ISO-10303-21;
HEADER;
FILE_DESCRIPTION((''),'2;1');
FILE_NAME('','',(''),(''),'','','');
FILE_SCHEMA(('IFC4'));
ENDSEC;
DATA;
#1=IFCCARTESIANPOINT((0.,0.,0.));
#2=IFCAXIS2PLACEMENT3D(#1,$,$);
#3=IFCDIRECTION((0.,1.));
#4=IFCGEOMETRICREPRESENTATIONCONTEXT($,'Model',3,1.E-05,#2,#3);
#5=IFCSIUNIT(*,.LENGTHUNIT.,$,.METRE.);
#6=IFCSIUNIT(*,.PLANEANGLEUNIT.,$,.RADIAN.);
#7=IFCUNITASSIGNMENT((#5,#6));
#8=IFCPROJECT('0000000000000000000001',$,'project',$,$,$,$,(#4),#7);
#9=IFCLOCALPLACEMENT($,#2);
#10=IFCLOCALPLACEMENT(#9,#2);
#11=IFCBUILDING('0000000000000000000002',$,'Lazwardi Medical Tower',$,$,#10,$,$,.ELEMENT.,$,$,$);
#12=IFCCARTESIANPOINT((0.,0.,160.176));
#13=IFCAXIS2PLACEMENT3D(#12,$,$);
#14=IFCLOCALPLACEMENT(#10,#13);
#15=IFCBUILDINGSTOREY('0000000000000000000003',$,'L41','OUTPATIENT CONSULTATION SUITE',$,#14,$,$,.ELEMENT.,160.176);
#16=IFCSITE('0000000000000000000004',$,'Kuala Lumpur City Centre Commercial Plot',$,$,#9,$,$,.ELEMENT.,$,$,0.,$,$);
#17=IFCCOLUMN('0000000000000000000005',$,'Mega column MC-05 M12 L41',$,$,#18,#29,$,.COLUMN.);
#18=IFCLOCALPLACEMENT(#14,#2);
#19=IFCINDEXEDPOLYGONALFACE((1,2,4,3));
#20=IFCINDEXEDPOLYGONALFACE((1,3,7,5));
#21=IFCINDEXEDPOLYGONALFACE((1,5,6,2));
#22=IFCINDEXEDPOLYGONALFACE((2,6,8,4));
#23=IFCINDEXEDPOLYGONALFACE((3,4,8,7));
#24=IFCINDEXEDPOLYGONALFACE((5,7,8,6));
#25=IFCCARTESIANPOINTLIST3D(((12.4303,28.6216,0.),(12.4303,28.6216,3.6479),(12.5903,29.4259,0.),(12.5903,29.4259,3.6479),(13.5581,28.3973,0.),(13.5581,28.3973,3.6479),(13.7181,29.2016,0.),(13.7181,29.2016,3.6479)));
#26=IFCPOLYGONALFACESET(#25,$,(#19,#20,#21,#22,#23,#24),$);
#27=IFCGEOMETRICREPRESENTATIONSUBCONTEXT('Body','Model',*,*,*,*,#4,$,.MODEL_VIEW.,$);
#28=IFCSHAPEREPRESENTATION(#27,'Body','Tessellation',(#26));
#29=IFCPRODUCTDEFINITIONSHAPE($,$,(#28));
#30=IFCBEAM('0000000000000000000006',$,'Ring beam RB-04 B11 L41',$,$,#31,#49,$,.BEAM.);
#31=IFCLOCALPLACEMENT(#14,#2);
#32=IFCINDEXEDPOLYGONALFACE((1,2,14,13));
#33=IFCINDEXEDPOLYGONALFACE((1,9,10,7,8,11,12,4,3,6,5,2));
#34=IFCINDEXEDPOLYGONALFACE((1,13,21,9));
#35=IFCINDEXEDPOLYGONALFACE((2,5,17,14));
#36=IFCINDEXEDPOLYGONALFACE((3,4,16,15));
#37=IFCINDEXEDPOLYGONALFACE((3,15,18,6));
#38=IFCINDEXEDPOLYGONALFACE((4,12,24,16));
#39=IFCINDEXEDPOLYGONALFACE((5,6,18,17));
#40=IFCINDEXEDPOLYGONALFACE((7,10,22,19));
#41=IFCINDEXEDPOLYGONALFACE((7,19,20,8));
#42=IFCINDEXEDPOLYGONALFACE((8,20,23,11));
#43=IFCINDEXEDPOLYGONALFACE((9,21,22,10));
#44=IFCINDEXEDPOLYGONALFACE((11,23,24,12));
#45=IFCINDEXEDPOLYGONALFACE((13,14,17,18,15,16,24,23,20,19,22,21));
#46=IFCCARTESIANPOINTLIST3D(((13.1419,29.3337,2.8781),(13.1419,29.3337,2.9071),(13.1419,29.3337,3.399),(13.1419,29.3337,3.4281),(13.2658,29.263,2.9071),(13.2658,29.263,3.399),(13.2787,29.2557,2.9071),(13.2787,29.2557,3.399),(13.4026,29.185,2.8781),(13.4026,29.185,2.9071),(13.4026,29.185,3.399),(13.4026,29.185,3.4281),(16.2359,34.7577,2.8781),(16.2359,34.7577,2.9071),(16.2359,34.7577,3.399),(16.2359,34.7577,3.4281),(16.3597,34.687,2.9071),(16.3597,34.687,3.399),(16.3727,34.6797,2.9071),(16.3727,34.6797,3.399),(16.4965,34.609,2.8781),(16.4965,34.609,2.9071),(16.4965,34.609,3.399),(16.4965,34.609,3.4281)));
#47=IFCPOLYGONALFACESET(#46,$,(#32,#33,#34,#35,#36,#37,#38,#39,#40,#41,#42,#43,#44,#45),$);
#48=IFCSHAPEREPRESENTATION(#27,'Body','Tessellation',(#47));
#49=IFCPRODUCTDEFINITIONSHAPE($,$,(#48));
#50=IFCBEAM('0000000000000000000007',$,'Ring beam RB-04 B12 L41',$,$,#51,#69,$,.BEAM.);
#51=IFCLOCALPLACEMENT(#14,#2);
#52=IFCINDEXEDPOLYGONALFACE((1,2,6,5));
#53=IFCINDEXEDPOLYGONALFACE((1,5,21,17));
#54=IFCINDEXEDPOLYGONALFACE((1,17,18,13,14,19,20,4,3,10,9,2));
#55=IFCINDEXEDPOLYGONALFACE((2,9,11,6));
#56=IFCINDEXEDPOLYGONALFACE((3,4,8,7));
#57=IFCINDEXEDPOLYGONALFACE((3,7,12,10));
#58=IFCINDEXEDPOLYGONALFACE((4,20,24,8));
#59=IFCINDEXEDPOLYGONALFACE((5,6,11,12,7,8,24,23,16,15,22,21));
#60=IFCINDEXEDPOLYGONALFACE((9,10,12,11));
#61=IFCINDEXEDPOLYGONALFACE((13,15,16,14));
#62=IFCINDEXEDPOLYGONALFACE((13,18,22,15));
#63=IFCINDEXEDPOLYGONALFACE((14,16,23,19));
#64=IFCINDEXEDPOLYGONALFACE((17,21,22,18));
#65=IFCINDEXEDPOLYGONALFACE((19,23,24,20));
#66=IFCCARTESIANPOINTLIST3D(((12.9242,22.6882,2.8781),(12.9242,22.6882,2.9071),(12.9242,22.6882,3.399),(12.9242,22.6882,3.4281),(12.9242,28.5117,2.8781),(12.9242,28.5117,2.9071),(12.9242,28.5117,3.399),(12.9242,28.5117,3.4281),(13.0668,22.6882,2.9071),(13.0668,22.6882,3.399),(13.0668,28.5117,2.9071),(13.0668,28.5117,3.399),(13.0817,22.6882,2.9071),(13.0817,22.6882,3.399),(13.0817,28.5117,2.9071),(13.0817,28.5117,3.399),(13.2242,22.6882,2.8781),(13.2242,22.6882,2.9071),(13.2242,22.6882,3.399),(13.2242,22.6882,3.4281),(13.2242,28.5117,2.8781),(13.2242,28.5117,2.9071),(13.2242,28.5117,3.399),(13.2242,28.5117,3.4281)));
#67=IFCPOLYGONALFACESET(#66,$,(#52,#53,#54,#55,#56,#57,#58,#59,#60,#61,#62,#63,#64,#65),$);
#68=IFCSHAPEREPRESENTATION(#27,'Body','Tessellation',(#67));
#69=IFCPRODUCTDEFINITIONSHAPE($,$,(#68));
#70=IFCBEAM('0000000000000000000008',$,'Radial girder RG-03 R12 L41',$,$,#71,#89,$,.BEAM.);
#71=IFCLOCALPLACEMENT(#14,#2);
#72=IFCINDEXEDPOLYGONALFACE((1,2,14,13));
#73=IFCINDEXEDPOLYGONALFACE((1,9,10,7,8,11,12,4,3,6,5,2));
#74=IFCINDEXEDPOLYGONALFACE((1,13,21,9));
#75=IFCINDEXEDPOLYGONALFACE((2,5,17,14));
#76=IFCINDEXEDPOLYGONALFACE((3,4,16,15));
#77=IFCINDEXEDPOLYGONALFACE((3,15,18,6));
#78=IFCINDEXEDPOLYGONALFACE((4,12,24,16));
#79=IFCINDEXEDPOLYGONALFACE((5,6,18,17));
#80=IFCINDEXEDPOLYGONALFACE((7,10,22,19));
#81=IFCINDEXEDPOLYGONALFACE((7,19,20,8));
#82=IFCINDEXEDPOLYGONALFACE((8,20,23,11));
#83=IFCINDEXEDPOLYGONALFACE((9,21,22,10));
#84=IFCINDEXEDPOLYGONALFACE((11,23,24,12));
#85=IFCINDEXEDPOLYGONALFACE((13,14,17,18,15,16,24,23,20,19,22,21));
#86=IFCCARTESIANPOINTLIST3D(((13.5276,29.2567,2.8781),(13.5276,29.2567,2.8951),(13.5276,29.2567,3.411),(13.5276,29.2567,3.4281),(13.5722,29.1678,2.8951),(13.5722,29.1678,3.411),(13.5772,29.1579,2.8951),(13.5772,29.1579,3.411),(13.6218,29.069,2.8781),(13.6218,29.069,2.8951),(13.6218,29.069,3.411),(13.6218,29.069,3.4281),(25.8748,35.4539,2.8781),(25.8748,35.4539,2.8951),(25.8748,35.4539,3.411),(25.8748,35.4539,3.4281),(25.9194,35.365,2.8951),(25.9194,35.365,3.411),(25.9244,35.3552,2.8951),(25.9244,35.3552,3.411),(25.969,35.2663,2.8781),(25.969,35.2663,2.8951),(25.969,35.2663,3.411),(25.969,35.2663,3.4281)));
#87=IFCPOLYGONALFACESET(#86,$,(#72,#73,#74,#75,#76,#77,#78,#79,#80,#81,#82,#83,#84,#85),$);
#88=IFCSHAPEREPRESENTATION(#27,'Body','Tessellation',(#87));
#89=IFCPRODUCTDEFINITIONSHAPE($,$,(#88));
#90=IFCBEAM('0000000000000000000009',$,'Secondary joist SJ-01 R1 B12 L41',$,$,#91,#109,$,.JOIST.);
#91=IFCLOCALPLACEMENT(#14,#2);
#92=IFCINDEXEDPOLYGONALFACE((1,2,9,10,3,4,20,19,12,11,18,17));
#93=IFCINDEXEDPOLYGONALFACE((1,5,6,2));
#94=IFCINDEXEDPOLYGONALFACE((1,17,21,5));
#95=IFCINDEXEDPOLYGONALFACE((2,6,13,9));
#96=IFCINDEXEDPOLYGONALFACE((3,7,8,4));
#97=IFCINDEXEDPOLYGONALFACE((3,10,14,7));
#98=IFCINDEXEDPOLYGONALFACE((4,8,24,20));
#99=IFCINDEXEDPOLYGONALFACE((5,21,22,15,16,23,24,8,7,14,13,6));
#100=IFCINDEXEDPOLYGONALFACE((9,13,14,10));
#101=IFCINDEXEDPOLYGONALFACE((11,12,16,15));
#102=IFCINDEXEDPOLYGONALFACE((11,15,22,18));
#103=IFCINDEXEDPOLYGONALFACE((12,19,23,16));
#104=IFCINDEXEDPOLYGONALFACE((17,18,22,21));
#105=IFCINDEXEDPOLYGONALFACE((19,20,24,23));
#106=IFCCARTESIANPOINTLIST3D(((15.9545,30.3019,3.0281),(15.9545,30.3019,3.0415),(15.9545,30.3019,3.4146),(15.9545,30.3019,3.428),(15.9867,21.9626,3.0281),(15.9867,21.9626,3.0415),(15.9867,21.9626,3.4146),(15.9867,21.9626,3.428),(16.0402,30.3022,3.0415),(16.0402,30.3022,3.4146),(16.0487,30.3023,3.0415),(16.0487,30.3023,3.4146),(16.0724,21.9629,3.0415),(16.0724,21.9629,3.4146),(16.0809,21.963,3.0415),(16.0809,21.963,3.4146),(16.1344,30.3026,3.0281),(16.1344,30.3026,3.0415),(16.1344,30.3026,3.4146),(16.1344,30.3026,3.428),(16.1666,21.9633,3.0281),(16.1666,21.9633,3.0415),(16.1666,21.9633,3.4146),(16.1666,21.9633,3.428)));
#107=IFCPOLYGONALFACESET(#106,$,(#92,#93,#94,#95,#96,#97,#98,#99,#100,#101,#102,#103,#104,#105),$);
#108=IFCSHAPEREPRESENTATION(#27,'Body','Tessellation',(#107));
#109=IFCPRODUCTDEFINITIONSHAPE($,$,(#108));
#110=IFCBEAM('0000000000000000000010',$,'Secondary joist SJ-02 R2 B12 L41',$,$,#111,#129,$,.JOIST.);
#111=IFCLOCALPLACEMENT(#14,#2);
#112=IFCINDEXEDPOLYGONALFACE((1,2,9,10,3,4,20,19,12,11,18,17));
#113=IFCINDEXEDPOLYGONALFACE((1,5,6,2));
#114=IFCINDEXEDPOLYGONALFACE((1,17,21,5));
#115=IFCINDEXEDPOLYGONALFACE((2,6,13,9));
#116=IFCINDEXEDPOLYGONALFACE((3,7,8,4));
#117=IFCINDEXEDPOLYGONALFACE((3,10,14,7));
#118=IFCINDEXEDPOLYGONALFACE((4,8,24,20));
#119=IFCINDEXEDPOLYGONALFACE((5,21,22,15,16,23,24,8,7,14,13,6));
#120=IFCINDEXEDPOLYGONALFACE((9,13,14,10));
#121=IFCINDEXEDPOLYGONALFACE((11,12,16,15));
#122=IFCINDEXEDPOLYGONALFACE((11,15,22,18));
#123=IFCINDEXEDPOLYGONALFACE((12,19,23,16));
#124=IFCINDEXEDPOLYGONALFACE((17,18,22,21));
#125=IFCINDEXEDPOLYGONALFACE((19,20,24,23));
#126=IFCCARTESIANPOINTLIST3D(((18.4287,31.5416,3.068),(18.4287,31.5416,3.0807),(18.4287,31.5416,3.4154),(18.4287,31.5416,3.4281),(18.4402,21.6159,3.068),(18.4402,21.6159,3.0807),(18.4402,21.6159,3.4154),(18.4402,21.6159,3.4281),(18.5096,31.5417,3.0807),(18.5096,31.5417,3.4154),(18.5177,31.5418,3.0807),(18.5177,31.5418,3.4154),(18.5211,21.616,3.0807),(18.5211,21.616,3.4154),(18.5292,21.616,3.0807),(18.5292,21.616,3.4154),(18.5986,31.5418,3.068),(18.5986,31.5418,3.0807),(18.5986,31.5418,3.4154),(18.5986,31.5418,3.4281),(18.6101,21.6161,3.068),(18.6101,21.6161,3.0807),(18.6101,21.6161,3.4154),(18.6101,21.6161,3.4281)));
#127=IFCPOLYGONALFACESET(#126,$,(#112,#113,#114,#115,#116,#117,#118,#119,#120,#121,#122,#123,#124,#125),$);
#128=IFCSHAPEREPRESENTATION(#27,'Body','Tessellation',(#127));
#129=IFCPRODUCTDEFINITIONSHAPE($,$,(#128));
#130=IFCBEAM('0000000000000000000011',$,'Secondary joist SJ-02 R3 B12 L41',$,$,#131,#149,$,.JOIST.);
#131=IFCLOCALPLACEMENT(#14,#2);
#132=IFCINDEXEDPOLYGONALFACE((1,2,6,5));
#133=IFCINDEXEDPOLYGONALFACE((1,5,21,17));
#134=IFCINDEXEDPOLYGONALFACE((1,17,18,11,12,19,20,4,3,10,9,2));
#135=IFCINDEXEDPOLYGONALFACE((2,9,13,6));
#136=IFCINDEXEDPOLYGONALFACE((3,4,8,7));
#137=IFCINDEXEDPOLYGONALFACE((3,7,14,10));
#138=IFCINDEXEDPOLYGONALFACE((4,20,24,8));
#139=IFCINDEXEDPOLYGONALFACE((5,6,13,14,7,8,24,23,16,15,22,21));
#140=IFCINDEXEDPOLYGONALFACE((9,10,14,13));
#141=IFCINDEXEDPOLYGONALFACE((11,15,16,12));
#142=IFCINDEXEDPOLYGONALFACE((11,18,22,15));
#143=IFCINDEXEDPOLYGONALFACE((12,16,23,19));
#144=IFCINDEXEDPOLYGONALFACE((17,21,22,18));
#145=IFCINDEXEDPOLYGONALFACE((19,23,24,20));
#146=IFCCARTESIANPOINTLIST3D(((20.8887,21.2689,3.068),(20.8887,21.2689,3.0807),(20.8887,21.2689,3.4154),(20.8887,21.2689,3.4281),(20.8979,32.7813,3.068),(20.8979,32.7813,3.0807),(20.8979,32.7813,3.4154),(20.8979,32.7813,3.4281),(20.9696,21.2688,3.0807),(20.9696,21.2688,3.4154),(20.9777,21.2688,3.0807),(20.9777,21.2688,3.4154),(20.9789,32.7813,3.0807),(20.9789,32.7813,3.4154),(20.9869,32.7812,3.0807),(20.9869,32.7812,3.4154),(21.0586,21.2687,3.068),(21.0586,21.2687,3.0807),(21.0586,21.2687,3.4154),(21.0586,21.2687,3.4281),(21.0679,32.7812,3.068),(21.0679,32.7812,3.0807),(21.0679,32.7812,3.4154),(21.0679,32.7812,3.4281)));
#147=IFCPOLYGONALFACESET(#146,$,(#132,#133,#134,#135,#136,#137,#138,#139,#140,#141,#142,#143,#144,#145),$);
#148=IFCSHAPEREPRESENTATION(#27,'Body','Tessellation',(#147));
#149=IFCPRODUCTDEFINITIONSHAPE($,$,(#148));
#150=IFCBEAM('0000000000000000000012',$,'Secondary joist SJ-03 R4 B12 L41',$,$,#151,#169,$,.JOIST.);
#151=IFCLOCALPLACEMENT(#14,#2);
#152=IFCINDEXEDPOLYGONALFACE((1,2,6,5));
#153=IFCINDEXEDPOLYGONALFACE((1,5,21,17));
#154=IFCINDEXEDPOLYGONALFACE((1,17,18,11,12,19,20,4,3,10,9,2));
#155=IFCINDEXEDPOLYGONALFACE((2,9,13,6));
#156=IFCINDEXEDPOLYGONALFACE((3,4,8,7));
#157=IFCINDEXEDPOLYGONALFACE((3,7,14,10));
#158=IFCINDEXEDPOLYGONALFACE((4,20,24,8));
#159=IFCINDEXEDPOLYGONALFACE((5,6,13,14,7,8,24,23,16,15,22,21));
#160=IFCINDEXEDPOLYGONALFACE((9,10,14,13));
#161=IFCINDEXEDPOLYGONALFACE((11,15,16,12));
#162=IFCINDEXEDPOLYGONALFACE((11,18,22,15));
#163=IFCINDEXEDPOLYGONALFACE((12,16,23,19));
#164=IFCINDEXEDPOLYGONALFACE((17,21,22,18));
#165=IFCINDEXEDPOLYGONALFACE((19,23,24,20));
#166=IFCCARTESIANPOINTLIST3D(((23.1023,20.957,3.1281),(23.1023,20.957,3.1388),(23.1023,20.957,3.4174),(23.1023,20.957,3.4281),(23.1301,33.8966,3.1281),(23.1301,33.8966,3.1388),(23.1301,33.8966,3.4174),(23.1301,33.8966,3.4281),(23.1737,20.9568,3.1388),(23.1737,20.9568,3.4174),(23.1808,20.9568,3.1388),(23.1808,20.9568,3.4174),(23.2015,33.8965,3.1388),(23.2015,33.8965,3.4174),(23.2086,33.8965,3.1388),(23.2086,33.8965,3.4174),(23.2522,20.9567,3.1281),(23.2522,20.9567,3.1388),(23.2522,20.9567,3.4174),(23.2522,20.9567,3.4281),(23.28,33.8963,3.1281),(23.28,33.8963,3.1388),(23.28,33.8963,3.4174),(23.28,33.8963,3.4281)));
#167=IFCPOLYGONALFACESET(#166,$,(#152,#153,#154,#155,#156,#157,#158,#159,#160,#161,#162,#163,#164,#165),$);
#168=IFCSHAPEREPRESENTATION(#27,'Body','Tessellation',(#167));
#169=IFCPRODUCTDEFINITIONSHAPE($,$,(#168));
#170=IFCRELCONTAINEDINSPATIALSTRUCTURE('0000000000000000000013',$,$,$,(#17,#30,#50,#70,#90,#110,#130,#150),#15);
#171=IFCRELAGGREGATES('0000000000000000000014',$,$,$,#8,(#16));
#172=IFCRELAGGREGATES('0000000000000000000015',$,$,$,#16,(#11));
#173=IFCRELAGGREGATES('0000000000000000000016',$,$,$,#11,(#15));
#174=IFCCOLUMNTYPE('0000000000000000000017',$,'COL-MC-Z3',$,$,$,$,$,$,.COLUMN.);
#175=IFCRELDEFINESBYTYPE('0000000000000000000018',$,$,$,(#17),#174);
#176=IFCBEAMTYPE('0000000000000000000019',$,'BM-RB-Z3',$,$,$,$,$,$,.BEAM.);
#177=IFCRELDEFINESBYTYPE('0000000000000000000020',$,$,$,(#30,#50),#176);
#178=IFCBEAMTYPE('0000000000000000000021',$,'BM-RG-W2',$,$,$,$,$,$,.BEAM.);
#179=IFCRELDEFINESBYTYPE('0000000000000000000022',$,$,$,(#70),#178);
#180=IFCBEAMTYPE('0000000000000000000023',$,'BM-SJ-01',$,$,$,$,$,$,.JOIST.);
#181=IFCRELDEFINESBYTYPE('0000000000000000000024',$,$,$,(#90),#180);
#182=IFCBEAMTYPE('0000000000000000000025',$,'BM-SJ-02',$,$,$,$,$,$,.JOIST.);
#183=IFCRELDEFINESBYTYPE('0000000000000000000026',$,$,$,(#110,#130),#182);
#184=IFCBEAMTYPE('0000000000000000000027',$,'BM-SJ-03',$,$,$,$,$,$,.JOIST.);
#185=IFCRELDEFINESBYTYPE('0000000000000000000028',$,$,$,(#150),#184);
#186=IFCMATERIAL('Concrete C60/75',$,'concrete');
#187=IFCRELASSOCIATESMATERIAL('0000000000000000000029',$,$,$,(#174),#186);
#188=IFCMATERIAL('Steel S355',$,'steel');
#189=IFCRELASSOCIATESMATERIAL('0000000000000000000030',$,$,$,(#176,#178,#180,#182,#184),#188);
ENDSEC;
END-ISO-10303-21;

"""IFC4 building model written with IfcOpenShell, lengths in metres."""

from ifc_helpers import new_model, si_unit, direction, frame, origin, origin_2d, place, context, subcontext, project, spatial, rectangle, i_section, extrude, material, material_profile, profile_set, type_object, element, save


model = new_model("IFC4")

# Units and contexts
model_context = context("Model", 3, precision=1e-05, world=origin(), true_north=direction((0.0, 1.0)))
body_context = subcontext(model_context, "Body", "Model", "MODEL_VIEW")
ifc_project = project(units=[si_unit("LENGTHUNIT", "METRE"), si_unit("PLANEANGLEUNIT", "RADIAN")], contexts=[model_context])

# Site, building, storey
site_placement = place(None, origin())
site = spatial("IfcSite", under=ifc_project, at=site_placement, Name="Kuala Lumpur City Centre Commercial Plot", CompositionType="ELEMENT", RefElevation=0.0)
building_placement = place(site_placement, origin())
building = spatial("IfcBuilding", under=site, at=building_placement, Name="Lazwardi Medical Tower", CompositionType="ELEMENT")
storey_placement = place(building_placement, frame((0.0, 0.0, 160.176)))
storey = spatial("IfcBuildingStorey", under=building, at=storey_placement, Name="L41", Description="OUTPATIENT CONSULTATION SUITE", CompositionType="ELEMENT", Elevation=160.176)

# Column
ifc_material_1 = material(Name="Concrete C60/75", Category="concrete")
ifc_material_profile_1 = material_profile(ifc_material_1, rectangle(XDim=1.1499, YDim=0.8201, at=origin_2d()), Name="CFT-RECT 1150x820")
ifc_profile_set_1 = profile_set([ifc_material_profile_1], Name="Concrete C60/75")
column_type = type_object("IfcColumnType", Name="COL-MC-Z3", PredefinedType="COLUMN", material=ifc_profile_set_1)
column_placement = place(storey_placement, frame((13.0742, 28.9116, 0.0), z_axis=(0.0, 0.0, 1.0), x_axis=(-0.980785, 0.19509, 0.0)))
element("IfcColumn", 1, at=column_placement, inside=storey, type_object=column_type, Name="Mega column MC-05 M12 L41", PredefinedType="COLUMN", context=body_context, shape_type="SweptSolid", body=[
    extrude(rectangle(XDim=1.1499, YDim=0.8201, at=origin_2d()), origin(), (0.0, 0.0, 1.0), 3.6479),
])

# Beams
ifc_material_2 = material(Name="Steel S355", Category="steel")
ifc_material_profile_2 = material_profile(ifc_material_2, i_section(OverallWidth=0.3, OverallDepth=0.55, WebThickness=0.0149, FlangeThickness=0.0291, at=origin_2d()), Name="HEB 550")
ifc_profile_set_2 = profile_set([ifc_material_profile_2], Name="Steel S355")
beam_type_1 = type_object("IfcBeamType", Name="BM-RB-Z3", PredefinedType="BEAM", material=ifc_profile_set_2)
beam_1_placement = place(storey_placement, frame((16.3662, 34.6833, 3.1531), z_axis=(-0.495478, -0.868621, 0.0), x_axis=(0.868621, -0.495478, 0.0)))
element("IfcBeam", 2, at=beam_1_placement, inside=storey, type_object=beam_type_1, Name="Ring beam RB-04 B11 L41", PredefinedType="BEAM", context=body_context, shape_type="SweptSolid", body=[
    extrude(i_section(OverallWidth=0.3, OverallDepth=0.55, WebThickness=0.0149, FlangeThickness=0.0291, at=origin_2d()), origin(), (0.0, 0.0, 1.0), 6.2444),
])
beam_2_placement = place(storey_placement, frame((13.0742, 28.5117, 3.1531), z_axis=(0.0, -1.0, 0.0), x_axis=(1.0, 0.0, 0.0)))
element("IfcBeam", 3, at=beam_2_placement, inside=storey, type_object=beam_type_1, Name="Ring beam RB-04 B12 L41", PredefinedType="BEAM", context=body_context, shape_type="SweptSolid", body=[
    extrude(i_section(OverallWidth=0.3, OverallDepth=0.55, WebThickness=0.0149, FlangeThickness=0.0291, at=origin_2d()), origin(), (0.0, 0.0, 1.0), 5.8235),
])
ifc_material_profile_3 = material_profile(ifc_material_2, i_section(OverallWidth=0.21, OverallDepth=0.55, WebThickness=0.011, FlangeThickness=0.0171, at=origin_2d()), Name="IPE 550")
ifc_profile_set_3 = profile_set([ifc_material_profile_3], Name="Steel S355")
beam_type_2 = type_object("IfcBeamType", Name="BM-RG-W2", PredefinedType="BEAM", material=ifc_profile_set_3)
beam_3_placement = place(storey_placement, frame((13.5747, 29.1628, 3.1531), z_axis=(0.89374, 0.448584, 0.0), x_axis=(-0.448584, 0.89374, 0.0)))
element("IfcBeam", 4, at=beam_3_placement, inside=storey, type_object=beam_type_2, Name="Radial girder RG-03 R12 L41", PredefinedType="BEAM", context=body_context, shape_type="SweptSolid", body=[
    extrude(i_section(OverallWidth=0.21, OverallDepth=0.55, WebThickness=0.011, FlangeThickness=0.0171, at=origin_2d()), origin(), (0.0, 0.0, 1.0), 13.8152),
])
ifc_material_profile_4 = material_profile(ifc_material_2, i_section(OverallWidth=0.1799, OverallDepth=0.3999, WebThickness=0.0085, FlangeThickness=0.0134, at=origin_2d()), Name="IPE 400")
ifc_profile_set_4 = profile_set([ifc_material_profile_4], Name="Steel S355")
beam_type_3 = type_object("IfcBeamType", Name="BM-SJ-01", PredefinedType="JOIST", material=ifc_profile_set_4)
beam_4_placement = place(storey_placement, frame((16.0444, 30.3022, 3.228), z_axis=(0.003864, -0.999993, 0.0), x_axis=(0.999993, 0.003864, 0.0)))
element("IfcBeam", 5, at=beam_4_placement, inside=storey, type_object=beam_type_3, Name="Secondary joist SJ-01 R1 B12 L41", PredefinedType="JOIST", context=body_context, shape_type="SweptSolid", body=[
    extrude(i_section(OverallWidth=0.1799, OverallDepth=0.3999, WebThickness=0.0085, FlangeThickness=0.0134, at=origin_2d()), origin(), (0.0, 0.0, 1.0), 8.3394),
])
ifc_material_profile_5 = material_profile(ifc_material_2, i_section(OverallWidth=0.1699, OverallDepth=0.3601, WebThickness=0.0081, FlangeThickness=0.0127, at=origin_2d()), Name="IPE 360")
ifc_profile_set_5 = profile_set([ifc_material_profile_5], Name="Steel S355")
beam_type_4 = type_object("IfcBeamType", Name="BM-SJ-02", PredefinedType="JOIST", material=ifc_profile_set_5)
beam_5_placement = place(storey_placement, frame((18.5137, 31.5417, 3.248), z_axis=(0.001156, -0.999999, 0.0), x_axis=(0.999999, 0.001156, 0.0)))
element("IfcBeam", 6, at=beam_5_placement, inside=storey, type_object=beam_type_4, Name="Secondary joist SJ-02 R2 B12 L41", PredefinedType="JOIST", context=body_context, shape_type="SweptSolid", body=[
    extrude(i_section(OverallWidth=0.1699, OverallDepth=0.3601, WebThickness=0.0081, FlangeThickness=0.0127, at=origin_2d()), origin(), (0.0, 0.0, 1.0), 9.9258),
])
beam_6_placement = place(storey_placement, frame((20.9829, 32.7812, 3.248), z_axis=(-0.000806, -1.0, 0.0), x_axis=(1.0, -0.000806, 0.0)))
element("IfcBeam", 7, at=beam_6_placement, inside=storey, type_object=beam_type_4, Name="Secondary joist SJ-02 R3 B12 L41", PredefinedType="JOIST", context=body_context, shape_type="SweptSolid", body=[
    extrude(i_section(OverallWidth=0.1699, OverallDepth=0.3601, WebThickness=0.0081, FlangeThickness=0.0127, at=origin_2d()), origin(), (0.0, 0.0, 1.0), 11.5125),
])
ifc_material_profile_6 = material_profile(ifc_material_2, i_section(OverallWidth=0.1499, OverallDepth=0.3, WebThickness=0.0071, FlangeThickness=0.0107, at=origin_2d()), Name="IPE 300")
ifc_profile_set_6 = profile_set([ifc_material_profile_6], Name="Steel S355")
beam_type_5 = type_object("IfcBeamType", Name="BM-SJ-03", PredefinedType="JOIST", material=ifc_profile_set_6)
beam_7_placement = place(storey_placement, frame((23.2051, 33.8965, 3.2781), z_axis=(-0.002151, -0.999998, 0.0), x_axis=(0.999998, -0.002151, 0.0)))
element("IfcBeam", 8, at=beam_7_placement, inside=storey, type_object=beam_type_5, Name="Secondary joist SJ-03 R4 B12 L41", PredefinedType="JOIST", context=body_context, shape_type="SweptSolid", body=[
    extrude(i_section(OverallWidth=0.1499, OverallDepth=0.3, WebThickness=0.0071, FlangeThickness=0.0107, at=origin_2d()), origin(), (0.0, 0.0, 1.0), 12.9397),
])

save(model, "model.ifc")
